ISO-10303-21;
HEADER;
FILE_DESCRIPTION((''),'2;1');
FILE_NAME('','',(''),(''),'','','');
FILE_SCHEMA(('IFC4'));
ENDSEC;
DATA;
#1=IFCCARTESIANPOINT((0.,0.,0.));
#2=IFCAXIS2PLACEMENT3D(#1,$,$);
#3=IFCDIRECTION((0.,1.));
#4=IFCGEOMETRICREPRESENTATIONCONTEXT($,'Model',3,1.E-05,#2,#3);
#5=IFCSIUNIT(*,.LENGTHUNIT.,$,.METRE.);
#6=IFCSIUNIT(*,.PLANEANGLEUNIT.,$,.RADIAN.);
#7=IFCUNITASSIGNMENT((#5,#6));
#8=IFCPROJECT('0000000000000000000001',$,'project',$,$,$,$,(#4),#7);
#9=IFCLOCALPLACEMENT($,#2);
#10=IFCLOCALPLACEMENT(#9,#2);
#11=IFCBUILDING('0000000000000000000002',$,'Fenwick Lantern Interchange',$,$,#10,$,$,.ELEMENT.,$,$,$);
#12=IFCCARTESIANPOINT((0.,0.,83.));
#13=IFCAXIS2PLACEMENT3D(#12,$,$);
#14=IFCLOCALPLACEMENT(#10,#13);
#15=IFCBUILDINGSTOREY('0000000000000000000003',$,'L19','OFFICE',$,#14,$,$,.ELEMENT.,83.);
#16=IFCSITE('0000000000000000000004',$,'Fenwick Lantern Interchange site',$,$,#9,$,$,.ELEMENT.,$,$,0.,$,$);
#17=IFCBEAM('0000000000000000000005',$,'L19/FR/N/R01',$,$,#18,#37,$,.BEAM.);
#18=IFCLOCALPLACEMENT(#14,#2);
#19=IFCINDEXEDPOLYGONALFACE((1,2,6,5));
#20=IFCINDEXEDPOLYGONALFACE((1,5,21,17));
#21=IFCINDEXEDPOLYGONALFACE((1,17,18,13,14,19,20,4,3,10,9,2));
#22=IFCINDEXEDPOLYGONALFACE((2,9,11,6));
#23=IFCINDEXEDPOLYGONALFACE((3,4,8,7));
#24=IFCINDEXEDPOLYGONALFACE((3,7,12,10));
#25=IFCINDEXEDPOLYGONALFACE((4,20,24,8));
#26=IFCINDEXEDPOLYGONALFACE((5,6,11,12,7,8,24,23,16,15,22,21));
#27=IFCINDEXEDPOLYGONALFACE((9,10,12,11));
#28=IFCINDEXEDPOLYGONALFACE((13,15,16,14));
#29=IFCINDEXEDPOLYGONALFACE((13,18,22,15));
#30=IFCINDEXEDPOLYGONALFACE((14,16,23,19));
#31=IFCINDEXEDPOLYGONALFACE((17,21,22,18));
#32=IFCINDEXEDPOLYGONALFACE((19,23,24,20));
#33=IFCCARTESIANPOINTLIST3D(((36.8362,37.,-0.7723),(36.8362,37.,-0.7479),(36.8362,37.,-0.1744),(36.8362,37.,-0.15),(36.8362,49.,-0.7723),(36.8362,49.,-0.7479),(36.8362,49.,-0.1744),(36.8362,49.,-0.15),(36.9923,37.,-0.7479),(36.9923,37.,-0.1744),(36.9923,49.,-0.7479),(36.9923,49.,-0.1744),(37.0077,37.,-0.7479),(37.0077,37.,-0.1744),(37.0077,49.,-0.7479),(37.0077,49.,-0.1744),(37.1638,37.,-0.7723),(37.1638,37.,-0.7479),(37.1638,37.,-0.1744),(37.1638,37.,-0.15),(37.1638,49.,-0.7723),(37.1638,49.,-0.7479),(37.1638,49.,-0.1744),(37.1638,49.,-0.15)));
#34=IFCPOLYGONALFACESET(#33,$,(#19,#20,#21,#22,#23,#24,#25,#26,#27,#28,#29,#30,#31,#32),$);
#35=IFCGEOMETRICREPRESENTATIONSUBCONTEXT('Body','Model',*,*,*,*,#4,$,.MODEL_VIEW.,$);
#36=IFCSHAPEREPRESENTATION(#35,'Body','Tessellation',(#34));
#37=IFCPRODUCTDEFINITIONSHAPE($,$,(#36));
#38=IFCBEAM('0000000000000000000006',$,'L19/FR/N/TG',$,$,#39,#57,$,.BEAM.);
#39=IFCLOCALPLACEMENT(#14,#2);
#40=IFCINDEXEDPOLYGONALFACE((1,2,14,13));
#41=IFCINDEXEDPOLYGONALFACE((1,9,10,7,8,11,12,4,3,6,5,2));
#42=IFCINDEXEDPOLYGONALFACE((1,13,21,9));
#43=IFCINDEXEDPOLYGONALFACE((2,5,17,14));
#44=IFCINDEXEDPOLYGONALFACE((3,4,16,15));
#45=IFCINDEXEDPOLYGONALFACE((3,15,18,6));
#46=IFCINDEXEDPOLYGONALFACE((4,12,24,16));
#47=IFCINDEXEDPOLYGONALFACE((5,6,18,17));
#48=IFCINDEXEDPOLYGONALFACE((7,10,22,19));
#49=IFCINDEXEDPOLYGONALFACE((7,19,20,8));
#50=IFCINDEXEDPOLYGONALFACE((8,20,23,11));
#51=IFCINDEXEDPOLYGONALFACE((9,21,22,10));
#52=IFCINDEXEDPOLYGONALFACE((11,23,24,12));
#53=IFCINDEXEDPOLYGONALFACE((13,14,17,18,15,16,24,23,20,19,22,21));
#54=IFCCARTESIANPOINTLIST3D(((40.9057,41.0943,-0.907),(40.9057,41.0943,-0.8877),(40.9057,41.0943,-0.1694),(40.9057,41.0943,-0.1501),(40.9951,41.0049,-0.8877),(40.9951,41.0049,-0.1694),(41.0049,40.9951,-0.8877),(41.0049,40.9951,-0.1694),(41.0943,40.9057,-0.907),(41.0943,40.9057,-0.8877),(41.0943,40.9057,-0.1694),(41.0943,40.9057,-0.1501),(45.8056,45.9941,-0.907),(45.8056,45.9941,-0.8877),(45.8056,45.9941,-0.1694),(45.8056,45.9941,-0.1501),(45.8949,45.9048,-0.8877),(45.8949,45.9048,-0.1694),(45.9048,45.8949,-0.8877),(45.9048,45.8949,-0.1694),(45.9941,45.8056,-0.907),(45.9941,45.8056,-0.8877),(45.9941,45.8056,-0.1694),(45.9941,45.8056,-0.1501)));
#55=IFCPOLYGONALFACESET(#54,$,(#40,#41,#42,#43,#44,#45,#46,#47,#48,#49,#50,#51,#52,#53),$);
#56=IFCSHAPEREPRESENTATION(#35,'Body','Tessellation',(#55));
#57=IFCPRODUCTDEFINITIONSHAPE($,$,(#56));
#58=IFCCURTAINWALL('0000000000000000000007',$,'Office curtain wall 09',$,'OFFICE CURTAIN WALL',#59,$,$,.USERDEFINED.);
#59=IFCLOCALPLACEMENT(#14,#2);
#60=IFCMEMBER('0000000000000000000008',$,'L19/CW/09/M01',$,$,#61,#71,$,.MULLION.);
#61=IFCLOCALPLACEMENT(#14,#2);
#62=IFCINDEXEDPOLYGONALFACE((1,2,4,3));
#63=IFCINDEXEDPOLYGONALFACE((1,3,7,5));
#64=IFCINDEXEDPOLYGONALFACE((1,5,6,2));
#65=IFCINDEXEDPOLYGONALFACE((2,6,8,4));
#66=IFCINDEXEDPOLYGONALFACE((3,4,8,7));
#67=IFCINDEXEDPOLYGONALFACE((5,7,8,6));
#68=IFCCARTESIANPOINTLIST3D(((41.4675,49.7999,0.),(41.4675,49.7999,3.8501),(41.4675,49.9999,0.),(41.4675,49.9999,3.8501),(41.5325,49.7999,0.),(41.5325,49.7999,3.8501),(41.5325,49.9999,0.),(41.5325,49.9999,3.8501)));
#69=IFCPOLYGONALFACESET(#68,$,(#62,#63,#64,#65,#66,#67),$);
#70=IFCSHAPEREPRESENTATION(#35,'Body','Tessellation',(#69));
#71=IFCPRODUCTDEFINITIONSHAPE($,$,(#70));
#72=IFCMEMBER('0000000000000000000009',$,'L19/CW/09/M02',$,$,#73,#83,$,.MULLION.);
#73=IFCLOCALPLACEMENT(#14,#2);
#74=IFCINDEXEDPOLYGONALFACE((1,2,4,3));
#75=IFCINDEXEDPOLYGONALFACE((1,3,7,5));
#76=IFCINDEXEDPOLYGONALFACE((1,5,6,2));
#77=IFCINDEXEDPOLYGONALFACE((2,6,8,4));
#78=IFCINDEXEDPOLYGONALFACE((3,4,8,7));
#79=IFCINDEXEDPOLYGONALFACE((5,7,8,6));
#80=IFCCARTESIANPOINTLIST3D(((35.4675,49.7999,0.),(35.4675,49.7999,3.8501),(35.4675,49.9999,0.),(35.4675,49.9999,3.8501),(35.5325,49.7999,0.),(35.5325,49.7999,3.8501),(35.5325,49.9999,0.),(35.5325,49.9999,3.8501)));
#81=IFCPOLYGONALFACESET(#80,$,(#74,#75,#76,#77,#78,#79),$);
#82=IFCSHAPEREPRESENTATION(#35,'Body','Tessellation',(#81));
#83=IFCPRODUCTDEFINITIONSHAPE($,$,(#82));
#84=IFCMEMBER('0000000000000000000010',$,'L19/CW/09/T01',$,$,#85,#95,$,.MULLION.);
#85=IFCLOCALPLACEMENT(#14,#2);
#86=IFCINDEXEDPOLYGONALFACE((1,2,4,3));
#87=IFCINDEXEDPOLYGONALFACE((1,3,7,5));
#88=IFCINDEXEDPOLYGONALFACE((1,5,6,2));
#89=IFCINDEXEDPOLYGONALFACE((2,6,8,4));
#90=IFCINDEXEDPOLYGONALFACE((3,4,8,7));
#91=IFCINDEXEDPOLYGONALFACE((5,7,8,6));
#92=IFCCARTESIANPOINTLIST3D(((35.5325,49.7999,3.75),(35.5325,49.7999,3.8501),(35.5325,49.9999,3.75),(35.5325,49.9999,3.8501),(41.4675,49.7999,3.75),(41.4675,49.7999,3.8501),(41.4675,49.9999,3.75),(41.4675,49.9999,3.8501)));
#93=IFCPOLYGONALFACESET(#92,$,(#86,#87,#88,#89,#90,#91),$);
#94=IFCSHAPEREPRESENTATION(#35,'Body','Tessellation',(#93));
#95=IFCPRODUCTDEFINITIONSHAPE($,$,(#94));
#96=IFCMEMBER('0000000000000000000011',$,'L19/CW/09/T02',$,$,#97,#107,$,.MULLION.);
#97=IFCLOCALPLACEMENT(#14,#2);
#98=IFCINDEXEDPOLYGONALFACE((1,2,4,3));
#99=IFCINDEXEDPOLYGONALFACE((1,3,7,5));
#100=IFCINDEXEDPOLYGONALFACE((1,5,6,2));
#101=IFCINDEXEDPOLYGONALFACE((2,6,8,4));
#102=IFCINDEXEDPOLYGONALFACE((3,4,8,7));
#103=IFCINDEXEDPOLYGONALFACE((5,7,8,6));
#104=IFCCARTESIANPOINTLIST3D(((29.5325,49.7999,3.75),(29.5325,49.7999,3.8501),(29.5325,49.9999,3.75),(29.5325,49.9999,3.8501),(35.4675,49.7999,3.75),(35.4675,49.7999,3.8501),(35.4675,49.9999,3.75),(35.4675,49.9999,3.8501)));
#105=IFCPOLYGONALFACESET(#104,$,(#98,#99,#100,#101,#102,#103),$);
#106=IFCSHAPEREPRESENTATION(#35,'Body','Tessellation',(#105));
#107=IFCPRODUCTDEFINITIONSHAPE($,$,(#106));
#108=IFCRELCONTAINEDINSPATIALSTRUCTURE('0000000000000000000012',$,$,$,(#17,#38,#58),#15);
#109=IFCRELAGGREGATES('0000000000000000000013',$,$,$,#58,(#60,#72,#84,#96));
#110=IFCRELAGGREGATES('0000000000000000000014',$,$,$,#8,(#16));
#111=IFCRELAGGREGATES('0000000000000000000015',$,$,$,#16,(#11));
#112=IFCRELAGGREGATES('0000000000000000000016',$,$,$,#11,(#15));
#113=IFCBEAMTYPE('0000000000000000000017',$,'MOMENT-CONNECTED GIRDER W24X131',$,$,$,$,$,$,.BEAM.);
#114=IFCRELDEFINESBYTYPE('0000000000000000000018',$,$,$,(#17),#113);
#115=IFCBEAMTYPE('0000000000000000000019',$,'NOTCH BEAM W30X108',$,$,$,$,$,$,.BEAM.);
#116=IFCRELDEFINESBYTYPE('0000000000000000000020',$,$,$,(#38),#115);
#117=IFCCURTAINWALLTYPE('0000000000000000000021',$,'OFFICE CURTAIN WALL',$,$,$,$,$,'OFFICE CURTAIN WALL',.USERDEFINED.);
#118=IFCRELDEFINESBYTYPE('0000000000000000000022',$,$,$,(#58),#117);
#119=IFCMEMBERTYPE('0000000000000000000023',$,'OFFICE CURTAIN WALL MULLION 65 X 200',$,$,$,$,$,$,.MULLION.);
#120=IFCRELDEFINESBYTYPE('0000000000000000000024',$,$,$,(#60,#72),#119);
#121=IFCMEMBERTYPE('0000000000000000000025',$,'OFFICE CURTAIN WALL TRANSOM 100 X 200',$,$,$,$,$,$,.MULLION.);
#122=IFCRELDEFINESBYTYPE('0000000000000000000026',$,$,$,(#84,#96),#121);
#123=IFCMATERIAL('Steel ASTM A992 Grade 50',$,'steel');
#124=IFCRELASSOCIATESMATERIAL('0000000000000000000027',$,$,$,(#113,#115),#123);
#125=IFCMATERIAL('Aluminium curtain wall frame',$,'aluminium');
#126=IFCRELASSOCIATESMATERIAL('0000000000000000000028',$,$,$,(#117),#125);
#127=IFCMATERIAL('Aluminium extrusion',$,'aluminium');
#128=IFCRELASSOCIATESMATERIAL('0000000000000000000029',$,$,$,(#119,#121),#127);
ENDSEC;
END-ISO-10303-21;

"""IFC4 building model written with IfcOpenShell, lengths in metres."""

from ifc_helpers import new_model, si_unit, direction, frame, origin, origin_2d, place, context, subcontext, project, spatial, rectangle, i_section, extrude, material, material_profile, profile_set, type_object, element, aggregate, save


model = new_model("IFC4")

# Units and contexts
model_context = context("Model", 3, precision=1e-05, world=origin(), true_north=direction((0.0, 1.0)))
body_context = subcontext(model_context, "Body", "Model", "MODEL_VIEW")
ifc_project = project(units=[si_unit("LENGTHUNIT", "METRE"), si_unit("PLANEANGLEUNIT", "RADIAN")], contexts=[model_context])

# Site, building, storey
site_placement = place(None, origin())
site = spatial("IfcSite", under=ifc_project, at=site_placement, Name="Fenwick Lantern Interchange site", CompositionType="ELEMENT", RefElevation=0.0)
building_placement = place(site_placement, origin())
building = spatial("IfcBuilding", under=site, at=building_placement, Name="Fenwick Lantern Interchange", CompositionType="ELEMENT")
storey_placement = place(building_placement, frame((0.0, 0.0, 83.0)))
storey = spatial("IfcBuildingStorey", under=building, at=storey_placement, Name="L19", Description="OFFICE", CompositionType="ELEMENT", Elevation=83.0)

# Beams
ifc_material_1 = material(Name="Steel ASTM A992 Grade 50", Category="steel")
ifc_material_profile_1 = material_profile(ifc_material_1, i_section(OverallWidth=0.3276, OverallDepth=0.6223, WebThickness=0.0154, FlangeThickness=0.0244, at=origin_2d()), Name="W24X131")
ifc_profile_set_1 = profile_set([ifc_material_profile_1], Name="Steel ASTM A992 Grade 50")
beam_type_1 = type_object("IfcBeamType", Name="MOMENT-CONNECTED GIRDER W24X131", PredefinedType="BEAM", material=ifc_profile_set_1)
beam_1_placement = place(storey_placement, frame((37.0, 49.0, -0.4612), z_axis=(0.0, -1.0, 0.0), x_axis=(1.0, 0.0, 0.0)))
element("IfcBeam", 1, at=beam_1_placement, inside=storey, type_object=beam_type_1, Name="L19/FR/N/R01", PredefinedType="BEAM", context=body_context, shape_type="SweptSolid", body=[
    extrude(i_section(OverallWidth=0.3276, OverallDepth=0.6223, WebThickness=0.0154, FlangeThickness=0.0244, at=origin_2d()), origin(), (0.0, 0.0, 1.0), 12.0),
])
ifc_material_profile_2 = material_profile(ifc_material_1, i_section(OverallWidth=0.2666, OverallDepth=0.7568, WebThickness=0.0139, FlangeThickness=0.0193, at=origin_2d()), Name="W30X108")
ifc_profile_set_2 = profile_set([ifc_material_profile_2], Name="Steel ASTM A992 Grade 50")
beam_type_2 = type_object("IfcBeamType", Name="NOTCH BEAM W30X108", PredefinedType="BEAM", material=ifc_profile_set_2)
beam_2_placement = place(storey_placement, frame((41.0, 41.0, -0.5286), z_axis=(0.707107, 0.707107, 0.0), x_axis=(-0.707107, 0.707107, 0.0)))
element("IfcBeam", 2, at=beam_2_placement, inside=storey, type_object=beam_type_2, Name="L19/FR/N/TG", PredefinedType="BEAM", context=body_context, shape_type="SweptSolid", body=[
    extrude(i_section(OverallWidth=0.2666, OverallDepth=0.7568, WebThickness=0.0139, FlangeThickness=0.0193, at=origin_2d()), origin(), (0.0, 0.0, 1.0), 6.9294),
])

# Curtain wall, members
ifc_material_2 = material(Name="Aluminium curtain wall frame", Category="aluminium")
curtain_wall_type = type_object("IfcCurtainWallType", Name="OFFICE CURTAIN WALL", ElementType="OFFICE CURTAIN WALL", PredefinedType="USERDEFINED", material=ifc_material_2)
curtain_wall_placement = place(storey_placement, origin())
curtain_wall = element("IfcCurtainWall", 3, at=curtain_wall_placement, inside=storey, type_object=curtain_wall_type, Name="Office curtain wall 09", ObjectType="OFFICE CURTAIN WALL", PredefinedType="USERDEFINED")
ifc_material_3 = material(Name="Aluminium extrusion", Category="aluminium")
ifc_material_profile_3 = material_profile(ifc_material_3, rectangle(XDim=0.2, YDim=0.0649, at=origin_2d()), Name="OFFICE CURTAIN WALL MULLION 65 X 200")
ifc_profile_set_3 = profile_set([ifc_material_profile_3], Name="Aluminium extrusion")
member_type_1 = type_object("IfcMemberType", Name="OFFICE CURTAIN WALL MULLION 65 X 200", PredefinedType="MULLION", material=ifc_profile_set_3)
member_1_placement = place(storey_placement, frame((41.5, 49.8999, 0.0), z_axis=(0.0, 0.0, 1.0), x_axis=(0.0, -1.0, 0.0)))
member_1 = element("IfcMember", 4, at=member_1_placement, type_object=member_type_1, Name="L19/CW/09/M01", PredefinedType="MULLION", context=body_context, shape_type="SweptSolid", body=[
    extrude(rectangle(XDim=0.2, YDim=0.0649, at=origin_2d()), origin(), (0.0, 0.0, 1.0), 3.8501),
])
member_2_placement = place(storey_placement, frame((35.5, 49.8999, 0.0), z_axis=(0.0, 0.0, 1.0), x_axis=(0.0, -1.0, 0.0)))
member_2 = element("IfcMember", 5, at=member_2_placement, type_object=member_type_1, Name="L19/CW/09/M02", PredefinedType="MULLION", context=body_context, shape_type="SweptSolid", body=[
    extrude(rectangle(XDim=0.2, YDim=0.0649, at=origin_2d()), origin(), (0.0, 0.0, 1.0), 3.8501),
])
ifc_material_profile_4 = material_profile(ifc_material_3, rectangle(XDim=0.2, YDim=0.1001, at=origin_2d()), Name="OFFICE CURTAIN WALL TRANSOM 100 X 200")
ifc_profile_set_4 = profile_set([ifc_material_profile_4], Name="Aluminium extrusion")
member_type_2 = type_object("IfcMemberType", Name="OFFICE CURTAIN WALL TRANSOM 100 X 200", PredefinedType="MULLION", material=ifc_profile_set_4)
member_3_placement = place(storey_placement, frame((41.4675, 49.8999, 3.8), z_axis=(-1.0, 0.0, 0.0), x_axis=(0.0, -1.0, 0.0)))
member_3 = element("IfcMember", 6, at=member_3_placement, type_object=member_type_2, Name="L19/CW/09/T01", PredefinedType="MULLION", context=body_context, shape_type="SweptSolid", body=[
    extrude(rectangle(XDim=0.2, YDim=0.1001, at=origin_2d()), origin(), (0.0, 0.0, 1.0), 5.9351),
])
member_4_placement = place(storey_placement, frame((35.4675, 49.8999, 3.8), z_axis=(-1.0, 0.0, 0.0), x_axis=(0.0, -1.0, 0.0)))
member_4 = element("IfcMember", 7, at=member_4_placement, type_object=member_type_2, Name="L19/CW/09/T02", PredefinedType="MULLION", context=body_context, shape_type="SweptSolid", body=[
    extrude(rectangle(XDim=0.2, YDim=0.1001, at=origin_2d()), origin(), (0.0, 0.0, 1.0), 5.9351),
])
aggregate(curtain_wall, [member_1, member_2, member_3, member_4])

save(model, "model.ifc")
